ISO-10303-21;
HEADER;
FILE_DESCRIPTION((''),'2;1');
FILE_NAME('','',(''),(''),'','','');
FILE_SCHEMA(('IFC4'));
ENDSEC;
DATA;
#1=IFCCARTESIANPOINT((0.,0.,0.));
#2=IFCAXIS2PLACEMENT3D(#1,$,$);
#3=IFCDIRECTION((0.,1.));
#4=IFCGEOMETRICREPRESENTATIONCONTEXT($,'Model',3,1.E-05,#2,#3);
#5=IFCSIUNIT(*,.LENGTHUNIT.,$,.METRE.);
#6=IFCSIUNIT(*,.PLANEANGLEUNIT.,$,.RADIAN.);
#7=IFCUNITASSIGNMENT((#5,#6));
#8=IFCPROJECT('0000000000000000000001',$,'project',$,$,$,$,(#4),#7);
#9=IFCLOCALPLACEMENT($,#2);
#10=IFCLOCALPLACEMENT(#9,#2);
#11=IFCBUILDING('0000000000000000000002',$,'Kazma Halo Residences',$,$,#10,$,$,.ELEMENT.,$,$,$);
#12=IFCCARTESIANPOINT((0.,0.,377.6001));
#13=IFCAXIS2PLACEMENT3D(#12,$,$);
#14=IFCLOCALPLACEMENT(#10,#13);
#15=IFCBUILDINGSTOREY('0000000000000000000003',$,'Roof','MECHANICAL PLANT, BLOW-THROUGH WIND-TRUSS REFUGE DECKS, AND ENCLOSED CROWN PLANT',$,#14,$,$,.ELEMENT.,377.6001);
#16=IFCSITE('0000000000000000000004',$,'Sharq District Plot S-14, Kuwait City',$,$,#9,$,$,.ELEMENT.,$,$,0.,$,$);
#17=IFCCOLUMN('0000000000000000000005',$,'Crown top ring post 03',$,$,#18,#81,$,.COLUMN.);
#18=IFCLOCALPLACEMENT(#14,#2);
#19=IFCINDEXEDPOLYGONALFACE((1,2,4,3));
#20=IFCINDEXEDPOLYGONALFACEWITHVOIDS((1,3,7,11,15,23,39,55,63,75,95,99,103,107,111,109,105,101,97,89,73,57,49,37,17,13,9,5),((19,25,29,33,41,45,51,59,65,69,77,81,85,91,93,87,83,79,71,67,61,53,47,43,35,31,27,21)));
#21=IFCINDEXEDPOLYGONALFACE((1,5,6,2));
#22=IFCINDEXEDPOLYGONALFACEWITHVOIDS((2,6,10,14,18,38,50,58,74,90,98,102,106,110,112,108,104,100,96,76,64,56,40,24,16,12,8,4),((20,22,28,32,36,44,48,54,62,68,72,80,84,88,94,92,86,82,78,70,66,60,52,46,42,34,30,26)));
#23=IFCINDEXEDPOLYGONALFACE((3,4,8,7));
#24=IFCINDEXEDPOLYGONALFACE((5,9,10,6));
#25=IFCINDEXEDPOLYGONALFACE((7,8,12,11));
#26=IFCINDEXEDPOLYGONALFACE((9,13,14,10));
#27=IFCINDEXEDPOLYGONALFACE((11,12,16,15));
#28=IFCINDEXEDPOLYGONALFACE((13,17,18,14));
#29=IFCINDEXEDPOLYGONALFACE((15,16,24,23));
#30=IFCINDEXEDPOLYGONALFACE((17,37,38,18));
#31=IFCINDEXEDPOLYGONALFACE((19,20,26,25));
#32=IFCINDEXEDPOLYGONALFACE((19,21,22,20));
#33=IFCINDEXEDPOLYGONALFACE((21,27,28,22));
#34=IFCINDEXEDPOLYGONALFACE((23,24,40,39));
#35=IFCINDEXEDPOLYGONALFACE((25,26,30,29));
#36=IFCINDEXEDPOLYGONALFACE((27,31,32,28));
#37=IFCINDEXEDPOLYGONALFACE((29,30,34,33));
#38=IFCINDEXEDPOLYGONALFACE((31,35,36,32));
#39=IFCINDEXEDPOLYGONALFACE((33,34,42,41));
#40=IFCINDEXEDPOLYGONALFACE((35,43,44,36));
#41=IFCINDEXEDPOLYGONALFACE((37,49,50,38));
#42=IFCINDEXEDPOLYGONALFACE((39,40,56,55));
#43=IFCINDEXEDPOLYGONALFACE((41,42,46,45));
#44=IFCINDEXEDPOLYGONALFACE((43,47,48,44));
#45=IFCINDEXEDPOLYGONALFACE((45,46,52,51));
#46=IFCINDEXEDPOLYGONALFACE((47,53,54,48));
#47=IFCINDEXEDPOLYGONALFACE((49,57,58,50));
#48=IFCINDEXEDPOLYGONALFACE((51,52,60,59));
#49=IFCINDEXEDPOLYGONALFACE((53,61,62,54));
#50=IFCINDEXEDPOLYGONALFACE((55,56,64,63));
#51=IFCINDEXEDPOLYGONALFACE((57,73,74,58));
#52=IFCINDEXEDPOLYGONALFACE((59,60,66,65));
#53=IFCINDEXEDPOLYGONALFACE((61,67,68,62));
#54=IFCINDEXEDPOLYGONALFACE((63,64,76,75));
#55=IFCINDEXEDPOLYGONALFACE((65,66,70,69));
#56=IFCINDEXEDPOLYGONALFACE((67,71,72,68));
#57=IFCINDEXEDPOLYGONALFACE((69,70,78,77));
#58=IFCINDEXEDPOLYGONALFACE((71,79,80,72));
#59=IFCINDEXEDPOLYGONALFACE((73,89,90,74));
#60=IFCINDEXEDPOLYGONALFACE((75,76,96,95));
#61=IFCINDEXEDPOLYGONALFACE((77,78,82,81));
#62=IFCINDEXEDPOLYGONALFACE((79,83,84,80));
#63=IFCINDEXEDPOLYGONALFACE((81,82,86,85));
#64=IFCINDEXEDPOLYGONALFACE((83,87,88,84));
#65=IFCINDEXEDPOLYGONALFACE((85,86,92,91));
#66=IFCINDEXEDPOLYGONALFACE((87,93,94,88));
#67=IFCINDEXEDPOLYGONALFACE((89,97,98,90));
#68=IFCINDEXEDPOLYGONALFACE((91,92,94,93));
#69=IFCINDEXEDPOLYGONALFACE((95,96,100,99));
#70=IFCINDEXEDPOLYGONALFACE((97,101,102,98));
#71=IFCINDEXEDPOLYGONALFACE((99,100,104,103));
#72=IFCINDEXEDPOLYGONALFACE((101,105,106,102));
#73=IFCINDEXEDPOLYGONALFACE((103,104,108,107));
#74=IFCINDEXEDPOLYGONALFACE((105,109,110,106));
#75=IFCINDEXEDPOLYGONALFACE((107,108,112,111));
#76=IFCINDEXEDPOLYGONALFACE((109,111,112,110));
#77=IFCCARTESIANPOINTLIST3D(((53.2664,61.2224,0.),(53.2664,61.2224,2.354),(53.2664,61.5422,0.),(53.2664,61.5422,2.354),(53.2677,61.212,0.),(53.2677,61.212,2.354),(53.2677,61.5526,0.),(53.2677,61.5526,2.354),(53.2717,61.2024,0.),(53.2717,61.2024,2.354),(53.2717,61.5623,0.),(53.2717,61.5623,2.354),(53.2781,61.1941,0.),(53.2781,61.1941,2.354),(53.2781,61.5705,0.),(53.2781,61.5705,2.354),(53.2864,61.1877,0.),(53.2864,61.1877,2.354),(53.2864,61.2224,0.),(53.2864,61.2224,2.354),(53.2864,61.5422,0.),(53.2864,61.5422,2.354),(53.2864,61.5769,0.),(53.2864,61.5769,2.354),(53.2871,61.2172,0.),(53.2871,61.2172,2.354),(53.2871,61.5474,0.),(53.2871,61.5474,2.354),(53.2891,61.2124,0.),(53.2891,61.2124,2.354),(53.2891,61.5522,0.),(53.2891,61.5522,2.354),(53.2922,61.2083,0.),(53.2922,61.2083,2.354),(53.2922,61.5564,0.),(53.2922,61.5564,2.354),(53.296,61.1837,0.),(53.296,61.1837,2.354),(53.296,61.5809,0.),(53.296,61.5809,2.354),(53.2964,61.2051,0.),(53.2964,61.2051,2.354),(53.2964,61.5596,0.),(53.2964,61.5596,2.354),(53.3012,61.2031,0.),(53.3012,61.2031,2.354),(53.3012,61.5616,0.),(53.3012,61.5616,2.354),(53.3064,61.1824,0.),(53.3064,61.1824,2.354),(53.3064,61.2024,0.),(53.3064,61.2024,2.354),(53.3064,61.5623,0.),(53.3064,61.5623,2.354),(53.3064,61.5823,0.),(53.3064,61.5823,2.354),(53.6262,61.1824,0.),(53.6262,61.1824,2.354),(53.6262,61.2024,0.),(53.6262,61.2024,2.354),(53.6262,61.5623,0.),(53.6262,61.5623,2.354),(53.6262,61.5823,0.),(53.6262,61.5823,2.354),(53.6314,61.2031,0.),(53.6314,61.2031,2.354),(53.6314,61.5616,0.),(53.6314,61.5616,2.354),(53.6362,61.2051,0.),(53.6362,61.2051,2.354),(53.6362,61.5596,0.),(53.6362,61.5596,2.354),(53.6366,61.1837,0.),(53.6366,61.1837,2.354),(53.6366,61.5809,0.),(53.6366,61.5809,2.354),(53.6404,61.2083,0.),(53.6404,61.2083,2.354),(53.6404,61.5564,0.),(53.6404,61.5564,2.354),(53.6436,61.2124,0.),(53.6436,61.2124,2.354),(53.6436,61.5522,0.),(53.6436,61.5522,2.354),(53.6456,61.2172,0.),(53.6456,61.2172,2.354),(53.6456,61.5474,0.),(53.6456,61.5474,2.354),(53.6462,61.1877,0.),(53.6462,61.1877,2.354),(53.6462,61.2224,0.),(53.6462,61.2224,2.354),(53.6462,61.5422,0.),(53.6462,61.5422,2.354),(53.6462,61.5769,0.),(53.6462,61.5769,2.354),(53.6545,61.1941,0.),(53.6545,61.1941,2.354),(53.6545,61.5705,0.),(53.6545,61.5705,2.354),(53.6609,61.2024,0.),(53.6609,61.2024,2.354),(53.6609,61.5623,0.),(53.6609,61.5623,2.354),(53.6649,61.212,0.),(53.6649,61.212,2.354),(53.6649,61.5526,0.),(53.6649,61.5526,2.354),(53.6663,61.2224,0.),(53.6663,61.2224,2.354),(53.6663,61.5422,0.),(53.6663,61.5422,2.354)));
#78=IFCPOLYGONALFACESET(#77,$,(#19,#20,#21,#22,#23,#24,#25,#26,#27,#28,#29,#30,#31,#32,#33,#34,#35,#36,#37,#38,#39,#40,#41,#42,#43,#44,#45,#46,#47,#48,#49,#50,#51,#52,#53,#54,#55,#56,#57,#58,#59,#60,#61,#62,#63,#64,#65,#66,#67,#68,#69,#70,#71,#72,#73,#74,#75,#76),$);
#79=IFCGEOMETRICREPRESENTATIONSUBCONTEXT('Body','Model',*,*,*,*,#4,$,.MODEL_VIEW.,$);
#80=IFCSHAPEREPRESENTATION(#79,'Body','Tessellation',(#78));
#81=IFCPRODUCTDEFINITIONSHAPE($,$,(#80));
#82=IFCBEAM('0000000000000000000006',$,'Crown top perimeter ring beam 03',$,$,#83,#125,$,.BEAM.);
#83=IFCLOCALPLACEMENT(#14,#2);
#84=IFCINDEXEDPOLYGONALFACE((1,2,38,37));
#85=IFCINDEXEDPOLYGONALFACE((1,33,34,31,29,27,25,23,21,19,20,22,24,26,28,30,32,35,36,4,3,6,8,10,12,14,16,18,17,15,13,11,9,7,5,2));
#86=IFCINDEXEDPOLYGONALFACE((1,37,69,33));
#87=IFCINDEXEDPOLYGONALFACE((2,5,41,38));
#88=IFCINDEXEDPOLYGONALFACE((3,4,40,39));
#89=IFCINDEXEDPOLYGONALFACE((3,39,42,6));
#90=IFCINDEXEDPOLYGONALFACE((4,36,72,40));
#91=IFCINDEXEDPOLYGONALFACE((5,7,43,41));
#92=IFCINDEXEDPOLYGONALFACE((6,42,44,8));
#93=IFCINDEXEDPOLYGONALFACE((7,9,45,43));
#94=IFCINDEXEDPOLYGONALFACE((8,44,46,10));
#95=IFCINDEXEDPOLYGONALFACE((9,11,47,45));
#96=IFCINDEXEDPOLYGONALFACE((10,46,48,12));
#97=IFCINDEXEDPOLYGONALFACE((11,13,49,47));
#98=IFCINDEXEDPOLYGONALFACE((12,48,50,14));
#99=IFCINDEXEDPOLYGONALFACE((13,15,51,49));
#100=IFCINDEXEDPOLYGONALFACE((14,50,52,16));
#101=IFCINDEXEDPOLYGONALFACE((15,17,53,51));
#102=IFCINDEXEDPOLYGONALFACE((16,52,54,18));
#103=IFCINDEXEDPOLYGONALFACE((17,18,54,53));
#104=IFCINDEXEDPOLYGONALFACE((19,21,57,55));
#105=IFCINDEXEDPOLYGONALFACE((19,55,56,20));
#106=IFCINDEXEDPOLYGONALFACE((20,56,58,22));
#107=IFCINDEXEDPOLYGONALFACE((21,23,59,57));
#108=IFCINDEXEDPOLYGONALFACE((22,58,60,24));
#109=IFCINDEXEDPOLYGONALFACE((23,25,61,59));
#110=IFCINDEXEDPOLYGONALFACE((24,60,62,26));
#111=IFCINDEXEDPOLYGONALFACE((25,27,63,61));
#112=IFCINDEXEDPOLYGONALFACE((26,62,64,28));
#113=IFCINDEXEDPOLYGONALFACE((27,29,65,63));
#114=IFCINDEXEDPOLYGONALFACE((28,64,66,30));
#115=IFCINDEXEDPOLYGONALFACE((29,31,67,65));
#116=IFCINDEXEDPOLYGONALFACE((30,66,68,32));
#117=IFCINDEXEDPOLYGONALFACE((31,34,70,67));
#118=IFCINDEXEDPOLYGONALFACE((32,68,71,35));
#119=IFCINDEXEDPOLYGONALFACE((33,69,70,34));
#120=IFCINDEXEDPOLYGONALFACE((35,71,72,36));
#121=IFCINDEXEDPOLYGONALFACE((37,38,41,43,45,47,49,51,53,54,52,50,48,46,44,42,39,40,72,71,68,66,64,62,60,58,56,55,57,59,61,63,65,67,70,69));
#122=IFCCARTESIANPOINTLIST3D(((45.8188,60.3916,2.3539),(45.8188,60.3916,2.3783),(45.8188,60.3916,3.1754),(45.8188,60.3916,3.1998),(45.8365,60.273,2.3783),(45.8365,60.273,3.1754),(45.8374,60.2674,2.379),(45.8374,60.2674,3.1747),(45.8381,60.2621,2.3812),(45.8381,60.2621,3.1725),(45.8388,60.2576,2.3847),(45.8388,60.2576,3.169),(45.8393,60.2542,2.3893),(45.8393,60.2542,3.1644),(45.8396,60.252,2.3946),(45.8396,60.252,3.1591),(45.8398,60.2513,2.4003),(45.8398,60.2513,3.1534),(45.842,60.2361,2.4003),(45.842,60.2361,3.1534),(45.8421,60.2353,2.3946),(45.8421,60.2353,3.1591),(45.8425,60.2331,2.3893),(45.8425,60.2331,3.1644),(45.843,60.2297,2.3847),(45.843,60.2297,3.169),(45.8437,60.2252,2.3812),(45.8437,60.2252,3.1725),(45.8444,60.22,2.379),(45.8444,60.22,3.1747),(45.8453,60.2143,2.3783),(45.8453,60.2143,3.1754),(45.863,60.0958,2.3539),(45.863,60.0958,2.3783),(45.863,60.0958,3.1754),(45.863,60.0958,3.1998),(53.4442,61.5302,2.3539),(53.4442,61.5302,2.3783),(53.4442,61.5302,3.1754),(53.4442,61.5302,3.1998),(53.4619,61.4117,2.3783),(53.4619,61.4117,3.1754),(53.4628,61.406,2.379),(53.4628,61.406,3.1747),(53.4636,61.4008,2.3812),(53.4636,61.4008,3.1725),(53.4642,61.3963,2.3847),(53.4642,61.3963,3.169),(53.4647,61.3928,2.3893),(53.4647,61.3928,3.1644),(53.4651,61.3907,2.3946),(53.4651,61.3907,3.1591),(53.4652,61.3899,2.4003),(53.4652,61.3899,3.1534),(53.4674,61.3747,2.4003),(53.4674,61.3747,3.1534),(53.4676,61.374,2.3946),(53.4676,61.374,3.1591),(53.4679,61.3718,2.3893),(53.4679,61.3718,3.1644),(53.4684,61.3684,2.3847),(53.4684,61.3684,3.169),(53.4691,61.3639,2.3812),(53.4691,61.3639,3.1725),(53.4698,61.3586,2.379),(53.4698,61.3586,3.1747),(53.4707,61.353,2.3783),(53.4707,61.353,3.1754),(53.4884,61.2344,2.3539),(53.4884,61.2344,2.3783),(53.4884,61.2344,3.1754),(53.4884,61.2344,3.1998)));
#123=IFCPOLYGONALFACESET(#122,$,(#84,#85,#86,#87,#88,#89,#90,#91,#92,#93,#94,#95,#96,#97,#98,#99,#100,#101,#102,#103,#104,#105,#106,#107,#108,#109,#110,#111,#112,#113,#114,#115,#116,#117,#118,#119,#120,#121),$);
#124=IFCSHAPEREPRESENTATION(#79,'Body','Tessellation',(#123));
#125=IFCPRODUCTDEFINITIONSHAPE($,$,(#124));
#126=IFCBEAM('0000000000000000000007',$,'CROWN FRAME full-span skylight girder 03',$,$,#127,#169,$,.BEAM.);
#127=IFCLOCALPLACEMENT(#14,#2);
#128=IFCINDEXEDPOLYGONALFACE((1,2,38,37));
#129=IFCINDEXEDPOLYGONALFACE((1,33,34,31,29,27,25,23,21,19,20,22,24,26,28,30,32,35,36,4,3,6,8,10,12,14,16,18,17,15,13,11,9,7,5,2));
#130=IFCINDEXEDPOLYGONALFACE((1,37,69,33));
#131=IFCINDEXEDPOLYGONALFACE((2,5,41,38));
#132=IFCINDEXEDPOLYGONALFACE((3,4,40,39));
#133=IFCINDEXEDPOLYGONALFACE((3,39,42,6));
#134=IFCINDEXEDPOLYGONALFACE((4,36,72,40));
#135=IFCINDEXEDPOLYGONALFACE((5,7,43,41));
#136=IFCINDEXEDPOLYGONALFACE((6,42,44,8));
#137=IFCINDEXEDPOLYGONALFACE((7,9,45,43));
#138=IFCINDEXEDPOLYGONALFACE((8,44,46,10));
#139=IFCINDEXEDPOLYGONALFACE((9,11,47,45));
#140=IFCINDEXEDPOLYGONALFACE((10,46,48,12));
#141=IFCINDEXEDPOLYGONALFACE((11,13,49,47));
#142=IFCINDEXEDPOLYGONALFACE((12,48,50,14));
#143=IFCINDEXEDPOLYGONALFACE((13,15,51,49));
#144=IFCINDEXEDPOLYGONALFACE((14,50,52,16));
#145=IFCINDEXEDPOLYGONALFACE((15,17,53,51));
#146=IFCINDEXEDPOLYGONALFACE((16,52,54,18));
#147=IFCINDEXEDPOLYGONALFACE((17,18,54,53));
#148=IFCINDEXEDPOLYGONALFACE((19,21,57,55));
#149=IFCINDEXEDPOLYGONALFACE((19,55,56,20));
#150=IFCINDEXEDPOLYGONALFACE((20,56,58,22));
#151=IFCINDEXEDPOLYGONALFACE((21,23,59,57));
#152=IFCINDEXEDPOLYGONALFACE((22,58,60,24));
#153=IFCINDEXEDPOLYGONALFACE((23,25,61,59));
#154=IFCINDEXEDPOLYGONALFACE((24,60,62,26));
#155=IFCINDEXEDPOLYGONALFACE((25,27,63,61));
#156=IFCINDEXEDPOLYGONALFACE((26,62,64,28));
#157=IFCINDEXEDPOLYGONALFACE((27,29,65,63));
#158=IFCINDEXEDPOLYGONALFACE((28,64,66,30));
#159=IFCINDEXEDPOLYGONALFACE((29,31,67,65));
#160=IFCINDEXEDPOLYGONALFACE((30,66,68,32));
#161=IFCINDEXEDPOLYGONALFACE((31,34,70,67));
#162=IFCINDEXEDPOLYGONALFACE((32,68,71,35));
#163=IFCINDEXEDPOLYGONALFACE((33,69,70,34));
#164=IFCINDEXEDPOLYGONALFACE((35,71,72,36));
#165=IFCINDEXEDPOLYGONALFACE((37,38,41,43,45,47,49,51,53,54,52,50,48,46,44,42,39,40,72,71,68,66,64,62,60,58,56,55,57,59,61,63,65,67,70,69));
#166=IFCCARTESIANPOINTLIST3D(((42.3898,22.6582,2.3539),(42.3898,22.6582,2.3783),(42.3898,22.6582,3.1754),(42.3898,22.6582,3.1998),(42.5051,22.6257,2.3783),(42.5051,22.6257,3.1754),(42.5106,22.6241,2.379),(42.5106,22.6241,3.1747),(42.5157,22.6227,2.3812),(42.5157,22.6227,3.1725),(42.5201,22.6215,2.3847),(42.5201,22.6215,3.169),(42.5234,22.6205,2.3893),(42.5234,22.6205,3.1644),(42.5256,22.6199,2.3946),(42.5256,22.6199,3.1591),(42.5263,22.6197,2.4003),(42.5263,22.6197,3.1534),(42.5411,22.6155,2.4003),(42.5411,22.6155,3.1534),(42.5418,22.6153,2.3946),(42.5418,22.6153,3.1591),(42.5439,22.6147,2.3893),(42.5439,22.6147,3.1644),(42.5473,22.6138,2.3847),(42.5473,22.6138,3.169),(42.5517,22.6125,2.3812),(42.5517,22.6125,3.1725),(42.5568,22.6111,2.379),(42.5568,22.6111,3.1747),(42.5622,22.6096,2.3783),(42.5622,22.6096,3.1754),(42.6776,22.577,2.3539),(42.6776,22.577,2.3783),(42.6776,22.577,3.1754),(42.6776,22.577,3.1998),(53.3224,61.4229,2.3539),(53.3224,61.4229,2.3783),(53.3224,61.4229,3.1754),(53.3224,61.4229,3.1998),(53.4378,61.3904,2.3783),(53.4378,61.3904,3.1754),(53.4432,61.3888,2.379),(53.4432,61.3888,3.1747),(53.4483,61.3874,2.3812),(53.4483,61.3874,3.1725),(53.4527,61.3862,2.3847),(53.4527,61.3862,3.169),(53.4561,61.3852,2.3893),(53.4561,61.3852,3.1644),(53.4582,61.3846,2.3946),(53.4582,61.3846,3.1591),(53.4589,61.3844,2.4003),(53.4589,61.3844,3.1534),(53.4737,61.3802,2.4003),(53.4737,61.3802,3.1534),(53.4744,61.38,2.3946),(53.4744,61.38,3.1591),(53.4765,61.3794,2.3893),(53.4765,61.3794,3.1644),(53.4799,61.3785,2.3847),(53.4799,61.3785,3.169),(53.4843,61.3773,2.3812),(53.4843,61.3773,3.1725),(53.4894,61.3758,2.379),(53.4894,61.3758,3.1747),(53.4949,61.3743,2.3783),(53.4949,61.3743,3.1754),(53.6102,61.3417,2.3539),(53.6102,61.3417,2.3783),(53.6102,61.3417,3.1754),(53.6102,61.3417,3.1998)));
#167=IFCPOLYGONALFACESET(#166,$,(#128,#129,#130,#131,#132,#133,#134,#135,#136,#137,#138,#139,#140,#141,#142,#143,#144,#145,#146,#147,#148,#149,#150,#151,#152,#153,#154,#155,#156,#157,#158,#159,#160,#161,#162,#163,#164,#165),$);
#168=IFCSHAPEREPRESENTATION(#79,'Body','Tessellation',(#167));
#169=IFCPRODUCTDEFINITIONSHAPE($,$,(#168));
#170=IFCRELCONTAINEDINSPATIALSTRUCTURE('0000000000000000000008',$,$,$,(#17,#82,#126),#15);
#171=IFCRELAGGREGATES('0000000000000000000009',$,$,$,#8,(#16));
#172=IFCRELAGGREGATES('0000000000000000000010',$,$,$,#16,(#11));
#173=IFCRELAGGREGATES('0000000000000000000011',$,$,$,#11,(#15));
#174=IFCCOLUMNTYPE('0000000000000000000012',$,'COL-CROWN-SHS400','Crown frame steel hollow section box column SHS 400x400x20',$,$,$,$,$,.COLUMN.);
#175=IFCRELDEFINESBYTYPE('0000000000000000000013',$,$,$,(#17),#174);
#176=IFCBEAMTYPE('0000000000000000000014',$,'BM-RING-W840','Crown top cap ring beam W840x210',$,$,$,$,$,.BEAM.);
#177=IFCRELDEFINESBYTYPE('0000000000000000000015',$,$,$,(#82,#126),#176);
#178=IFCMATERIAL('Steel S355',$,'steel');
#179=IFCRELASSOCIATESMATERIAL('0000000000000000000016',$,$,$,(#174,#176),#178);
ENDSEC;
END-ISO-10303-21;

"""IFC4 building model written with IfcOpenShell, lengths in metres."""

from ifc_helpers import new_model, si_unit, direction, frame, origin, origin_2d, place, context, subcontext, project, spatial, hollow_rectangle, i_section, extrude, material, material_profile, profile_set, type_object, element, save


model = new_model("IFC4")

# Units and contexts
model_context = context("Model", 3, precision=1e-05, world=origin(), true_north=direction((0.0, 1.0)))
body_context = subcontext(model_context, "Body", "Model", "MODEL_VIEW")
ifc_project = project(units=[si_unit("LENGTHUNIT", "METRE"), si_unit("PLANEANGLEUNIT", "RADIAN")], contexts=[model_context])

# Site, building, storey
site_placement = place(None, origin())
site = spatial("IfcSite", under=ifc_project, at=site_placement, Name="Sharq District Plot S-14, Kuwait City", CompositionType="ELEMENT", RefElevation=0.0)
building_placement = place(site_placement, origin())
building = spatial("IfcBuilding", under=site, at=building_placement, Name="Kazma Halo Residences", CompositionType="ELEMENT")
storey_placement = place(building_placement, frame((0.0, 0.0, 377.6001)))
storey = spatial("IfcBuildingStorey", under=building, at=storey_placement, Name="Roof", Description="MECHANICAL PLANT, BLOW-THROUGH WIND-TRUSS REFUGE DECKS, AND ENCLOSED CROWN PLANT", CompositionType="ELEMENT", Elevation=377.6001)

# Column
ifc_material_1 = material(Name="Steel S355", Category="steel")
ifc_material_profile_1 = material_profile(ifc_material_1, hollow_rectangle(XDim=0.3999, YDim=0.3999, WallThickness=0.02, InnerFilletRadius=0.02, OuterFilletRadius=0.04, at=origin_2d()), Name="SHS400x400x20")
ifc_profile_set_1 = profile_set([ifc_material_profile_1], Name="Steel S355")
column_type = type_object("IfcColumnType", Name="COL-CROWN-SHS400", Description="Crown frame steel hollow section box column SHS 400x400x20", PredefinedType="COLUMN", material=ifc_profile_set_1)
column_placement = place(storey_placement, frame((53.4663, 61.3823, 0.0), z_axis=(0.0, 0.0, 1.0), x_axis=(1.0, 0.0, 0.0)))
element("IfcColumn", 1, at=column_placement, inside=storey, type_object=column_type, Name="Crown top ring post 03", PredefinedType="COLUMN", context=body_context, shape_type="SweptSolid", body=[
    extrude(hollow_rectangle(XDim=0.3999, YDim=0.3999, WallThickness=0.02, InnerFilletRadius=0.02, OuterFilletRadius=0.04, at=origin_2d()), origin(), (0.0, 0.0, 1.0), 2.354),
])

# Beams
ifc_material_profile_2 = material_profile(ifc_material_1, i_section(OverallWidth=0.2991, OverallDepth=0.8459, WebThickness=0.0154, FlangeThickness=0.0244, FilletRadius=0.022, at=origin_2d()), Name="W840x210")
ifc_profile_set_2 = profile_set([ifc_material_profile_2], Name="Steel S355")
beam_type_1 = type_object("IfcBeamType", Name="BM-RING-W840", Description="Crown top cap ring beam W840x210", PredefinedType="BEAM", material=ifc_profile_set_2)
beam_1_placement = place(storey_placement, frame((53.4663, 61.3823, 2.7769), z_axis=(-0.989034, -0.147687, 0.0), x_axis=(0.147687, -0.989034, 0.0)))
element("IfcBeam", 2, at=beam_1_placement, inside=storey, type_object=beam_type_1, Name="Crown top perimeter ring beam 03", PredefinedType="BEAM", context=body_context, shape_type="SweptSolid", body=[
    extrude(i_section(OverallWidth=0.2991, OverallDepth=0.8459, WebThickness=0.0154, FlangeThickness=0.0244, FilletRadius=0.022, at=origin_2d()), origin(), (0.0, 0.0, 1.0), 7.71),
])
beam_2_placement = place(storey_placement, frame((53.4663, 61.3823, 2.7769), z_axis=(-0.271437, -0.962456, 0.0), x_axis=(0.962456, -0.271437, 0.0)))
element("IfcBeam", 3, at=beam_2_placement, inside=storey, type_object=beam_type_1, Name="CROWN FRAME full-span skylight girder 03", PredefinedType="BEAM", context=body_context, shape_type="SweptSolid", body=[
    extrude(i_section(OverallWidth=0.2991, OverallDepth=0.8459, WebThickness=0.0154, FlangeThickness=0.0244, FilletRadius=0.022, at=origin_2d()), origin(), (0.0, 0.0, 1.0), 40.2769),
])

save(model, "model.ifc")
